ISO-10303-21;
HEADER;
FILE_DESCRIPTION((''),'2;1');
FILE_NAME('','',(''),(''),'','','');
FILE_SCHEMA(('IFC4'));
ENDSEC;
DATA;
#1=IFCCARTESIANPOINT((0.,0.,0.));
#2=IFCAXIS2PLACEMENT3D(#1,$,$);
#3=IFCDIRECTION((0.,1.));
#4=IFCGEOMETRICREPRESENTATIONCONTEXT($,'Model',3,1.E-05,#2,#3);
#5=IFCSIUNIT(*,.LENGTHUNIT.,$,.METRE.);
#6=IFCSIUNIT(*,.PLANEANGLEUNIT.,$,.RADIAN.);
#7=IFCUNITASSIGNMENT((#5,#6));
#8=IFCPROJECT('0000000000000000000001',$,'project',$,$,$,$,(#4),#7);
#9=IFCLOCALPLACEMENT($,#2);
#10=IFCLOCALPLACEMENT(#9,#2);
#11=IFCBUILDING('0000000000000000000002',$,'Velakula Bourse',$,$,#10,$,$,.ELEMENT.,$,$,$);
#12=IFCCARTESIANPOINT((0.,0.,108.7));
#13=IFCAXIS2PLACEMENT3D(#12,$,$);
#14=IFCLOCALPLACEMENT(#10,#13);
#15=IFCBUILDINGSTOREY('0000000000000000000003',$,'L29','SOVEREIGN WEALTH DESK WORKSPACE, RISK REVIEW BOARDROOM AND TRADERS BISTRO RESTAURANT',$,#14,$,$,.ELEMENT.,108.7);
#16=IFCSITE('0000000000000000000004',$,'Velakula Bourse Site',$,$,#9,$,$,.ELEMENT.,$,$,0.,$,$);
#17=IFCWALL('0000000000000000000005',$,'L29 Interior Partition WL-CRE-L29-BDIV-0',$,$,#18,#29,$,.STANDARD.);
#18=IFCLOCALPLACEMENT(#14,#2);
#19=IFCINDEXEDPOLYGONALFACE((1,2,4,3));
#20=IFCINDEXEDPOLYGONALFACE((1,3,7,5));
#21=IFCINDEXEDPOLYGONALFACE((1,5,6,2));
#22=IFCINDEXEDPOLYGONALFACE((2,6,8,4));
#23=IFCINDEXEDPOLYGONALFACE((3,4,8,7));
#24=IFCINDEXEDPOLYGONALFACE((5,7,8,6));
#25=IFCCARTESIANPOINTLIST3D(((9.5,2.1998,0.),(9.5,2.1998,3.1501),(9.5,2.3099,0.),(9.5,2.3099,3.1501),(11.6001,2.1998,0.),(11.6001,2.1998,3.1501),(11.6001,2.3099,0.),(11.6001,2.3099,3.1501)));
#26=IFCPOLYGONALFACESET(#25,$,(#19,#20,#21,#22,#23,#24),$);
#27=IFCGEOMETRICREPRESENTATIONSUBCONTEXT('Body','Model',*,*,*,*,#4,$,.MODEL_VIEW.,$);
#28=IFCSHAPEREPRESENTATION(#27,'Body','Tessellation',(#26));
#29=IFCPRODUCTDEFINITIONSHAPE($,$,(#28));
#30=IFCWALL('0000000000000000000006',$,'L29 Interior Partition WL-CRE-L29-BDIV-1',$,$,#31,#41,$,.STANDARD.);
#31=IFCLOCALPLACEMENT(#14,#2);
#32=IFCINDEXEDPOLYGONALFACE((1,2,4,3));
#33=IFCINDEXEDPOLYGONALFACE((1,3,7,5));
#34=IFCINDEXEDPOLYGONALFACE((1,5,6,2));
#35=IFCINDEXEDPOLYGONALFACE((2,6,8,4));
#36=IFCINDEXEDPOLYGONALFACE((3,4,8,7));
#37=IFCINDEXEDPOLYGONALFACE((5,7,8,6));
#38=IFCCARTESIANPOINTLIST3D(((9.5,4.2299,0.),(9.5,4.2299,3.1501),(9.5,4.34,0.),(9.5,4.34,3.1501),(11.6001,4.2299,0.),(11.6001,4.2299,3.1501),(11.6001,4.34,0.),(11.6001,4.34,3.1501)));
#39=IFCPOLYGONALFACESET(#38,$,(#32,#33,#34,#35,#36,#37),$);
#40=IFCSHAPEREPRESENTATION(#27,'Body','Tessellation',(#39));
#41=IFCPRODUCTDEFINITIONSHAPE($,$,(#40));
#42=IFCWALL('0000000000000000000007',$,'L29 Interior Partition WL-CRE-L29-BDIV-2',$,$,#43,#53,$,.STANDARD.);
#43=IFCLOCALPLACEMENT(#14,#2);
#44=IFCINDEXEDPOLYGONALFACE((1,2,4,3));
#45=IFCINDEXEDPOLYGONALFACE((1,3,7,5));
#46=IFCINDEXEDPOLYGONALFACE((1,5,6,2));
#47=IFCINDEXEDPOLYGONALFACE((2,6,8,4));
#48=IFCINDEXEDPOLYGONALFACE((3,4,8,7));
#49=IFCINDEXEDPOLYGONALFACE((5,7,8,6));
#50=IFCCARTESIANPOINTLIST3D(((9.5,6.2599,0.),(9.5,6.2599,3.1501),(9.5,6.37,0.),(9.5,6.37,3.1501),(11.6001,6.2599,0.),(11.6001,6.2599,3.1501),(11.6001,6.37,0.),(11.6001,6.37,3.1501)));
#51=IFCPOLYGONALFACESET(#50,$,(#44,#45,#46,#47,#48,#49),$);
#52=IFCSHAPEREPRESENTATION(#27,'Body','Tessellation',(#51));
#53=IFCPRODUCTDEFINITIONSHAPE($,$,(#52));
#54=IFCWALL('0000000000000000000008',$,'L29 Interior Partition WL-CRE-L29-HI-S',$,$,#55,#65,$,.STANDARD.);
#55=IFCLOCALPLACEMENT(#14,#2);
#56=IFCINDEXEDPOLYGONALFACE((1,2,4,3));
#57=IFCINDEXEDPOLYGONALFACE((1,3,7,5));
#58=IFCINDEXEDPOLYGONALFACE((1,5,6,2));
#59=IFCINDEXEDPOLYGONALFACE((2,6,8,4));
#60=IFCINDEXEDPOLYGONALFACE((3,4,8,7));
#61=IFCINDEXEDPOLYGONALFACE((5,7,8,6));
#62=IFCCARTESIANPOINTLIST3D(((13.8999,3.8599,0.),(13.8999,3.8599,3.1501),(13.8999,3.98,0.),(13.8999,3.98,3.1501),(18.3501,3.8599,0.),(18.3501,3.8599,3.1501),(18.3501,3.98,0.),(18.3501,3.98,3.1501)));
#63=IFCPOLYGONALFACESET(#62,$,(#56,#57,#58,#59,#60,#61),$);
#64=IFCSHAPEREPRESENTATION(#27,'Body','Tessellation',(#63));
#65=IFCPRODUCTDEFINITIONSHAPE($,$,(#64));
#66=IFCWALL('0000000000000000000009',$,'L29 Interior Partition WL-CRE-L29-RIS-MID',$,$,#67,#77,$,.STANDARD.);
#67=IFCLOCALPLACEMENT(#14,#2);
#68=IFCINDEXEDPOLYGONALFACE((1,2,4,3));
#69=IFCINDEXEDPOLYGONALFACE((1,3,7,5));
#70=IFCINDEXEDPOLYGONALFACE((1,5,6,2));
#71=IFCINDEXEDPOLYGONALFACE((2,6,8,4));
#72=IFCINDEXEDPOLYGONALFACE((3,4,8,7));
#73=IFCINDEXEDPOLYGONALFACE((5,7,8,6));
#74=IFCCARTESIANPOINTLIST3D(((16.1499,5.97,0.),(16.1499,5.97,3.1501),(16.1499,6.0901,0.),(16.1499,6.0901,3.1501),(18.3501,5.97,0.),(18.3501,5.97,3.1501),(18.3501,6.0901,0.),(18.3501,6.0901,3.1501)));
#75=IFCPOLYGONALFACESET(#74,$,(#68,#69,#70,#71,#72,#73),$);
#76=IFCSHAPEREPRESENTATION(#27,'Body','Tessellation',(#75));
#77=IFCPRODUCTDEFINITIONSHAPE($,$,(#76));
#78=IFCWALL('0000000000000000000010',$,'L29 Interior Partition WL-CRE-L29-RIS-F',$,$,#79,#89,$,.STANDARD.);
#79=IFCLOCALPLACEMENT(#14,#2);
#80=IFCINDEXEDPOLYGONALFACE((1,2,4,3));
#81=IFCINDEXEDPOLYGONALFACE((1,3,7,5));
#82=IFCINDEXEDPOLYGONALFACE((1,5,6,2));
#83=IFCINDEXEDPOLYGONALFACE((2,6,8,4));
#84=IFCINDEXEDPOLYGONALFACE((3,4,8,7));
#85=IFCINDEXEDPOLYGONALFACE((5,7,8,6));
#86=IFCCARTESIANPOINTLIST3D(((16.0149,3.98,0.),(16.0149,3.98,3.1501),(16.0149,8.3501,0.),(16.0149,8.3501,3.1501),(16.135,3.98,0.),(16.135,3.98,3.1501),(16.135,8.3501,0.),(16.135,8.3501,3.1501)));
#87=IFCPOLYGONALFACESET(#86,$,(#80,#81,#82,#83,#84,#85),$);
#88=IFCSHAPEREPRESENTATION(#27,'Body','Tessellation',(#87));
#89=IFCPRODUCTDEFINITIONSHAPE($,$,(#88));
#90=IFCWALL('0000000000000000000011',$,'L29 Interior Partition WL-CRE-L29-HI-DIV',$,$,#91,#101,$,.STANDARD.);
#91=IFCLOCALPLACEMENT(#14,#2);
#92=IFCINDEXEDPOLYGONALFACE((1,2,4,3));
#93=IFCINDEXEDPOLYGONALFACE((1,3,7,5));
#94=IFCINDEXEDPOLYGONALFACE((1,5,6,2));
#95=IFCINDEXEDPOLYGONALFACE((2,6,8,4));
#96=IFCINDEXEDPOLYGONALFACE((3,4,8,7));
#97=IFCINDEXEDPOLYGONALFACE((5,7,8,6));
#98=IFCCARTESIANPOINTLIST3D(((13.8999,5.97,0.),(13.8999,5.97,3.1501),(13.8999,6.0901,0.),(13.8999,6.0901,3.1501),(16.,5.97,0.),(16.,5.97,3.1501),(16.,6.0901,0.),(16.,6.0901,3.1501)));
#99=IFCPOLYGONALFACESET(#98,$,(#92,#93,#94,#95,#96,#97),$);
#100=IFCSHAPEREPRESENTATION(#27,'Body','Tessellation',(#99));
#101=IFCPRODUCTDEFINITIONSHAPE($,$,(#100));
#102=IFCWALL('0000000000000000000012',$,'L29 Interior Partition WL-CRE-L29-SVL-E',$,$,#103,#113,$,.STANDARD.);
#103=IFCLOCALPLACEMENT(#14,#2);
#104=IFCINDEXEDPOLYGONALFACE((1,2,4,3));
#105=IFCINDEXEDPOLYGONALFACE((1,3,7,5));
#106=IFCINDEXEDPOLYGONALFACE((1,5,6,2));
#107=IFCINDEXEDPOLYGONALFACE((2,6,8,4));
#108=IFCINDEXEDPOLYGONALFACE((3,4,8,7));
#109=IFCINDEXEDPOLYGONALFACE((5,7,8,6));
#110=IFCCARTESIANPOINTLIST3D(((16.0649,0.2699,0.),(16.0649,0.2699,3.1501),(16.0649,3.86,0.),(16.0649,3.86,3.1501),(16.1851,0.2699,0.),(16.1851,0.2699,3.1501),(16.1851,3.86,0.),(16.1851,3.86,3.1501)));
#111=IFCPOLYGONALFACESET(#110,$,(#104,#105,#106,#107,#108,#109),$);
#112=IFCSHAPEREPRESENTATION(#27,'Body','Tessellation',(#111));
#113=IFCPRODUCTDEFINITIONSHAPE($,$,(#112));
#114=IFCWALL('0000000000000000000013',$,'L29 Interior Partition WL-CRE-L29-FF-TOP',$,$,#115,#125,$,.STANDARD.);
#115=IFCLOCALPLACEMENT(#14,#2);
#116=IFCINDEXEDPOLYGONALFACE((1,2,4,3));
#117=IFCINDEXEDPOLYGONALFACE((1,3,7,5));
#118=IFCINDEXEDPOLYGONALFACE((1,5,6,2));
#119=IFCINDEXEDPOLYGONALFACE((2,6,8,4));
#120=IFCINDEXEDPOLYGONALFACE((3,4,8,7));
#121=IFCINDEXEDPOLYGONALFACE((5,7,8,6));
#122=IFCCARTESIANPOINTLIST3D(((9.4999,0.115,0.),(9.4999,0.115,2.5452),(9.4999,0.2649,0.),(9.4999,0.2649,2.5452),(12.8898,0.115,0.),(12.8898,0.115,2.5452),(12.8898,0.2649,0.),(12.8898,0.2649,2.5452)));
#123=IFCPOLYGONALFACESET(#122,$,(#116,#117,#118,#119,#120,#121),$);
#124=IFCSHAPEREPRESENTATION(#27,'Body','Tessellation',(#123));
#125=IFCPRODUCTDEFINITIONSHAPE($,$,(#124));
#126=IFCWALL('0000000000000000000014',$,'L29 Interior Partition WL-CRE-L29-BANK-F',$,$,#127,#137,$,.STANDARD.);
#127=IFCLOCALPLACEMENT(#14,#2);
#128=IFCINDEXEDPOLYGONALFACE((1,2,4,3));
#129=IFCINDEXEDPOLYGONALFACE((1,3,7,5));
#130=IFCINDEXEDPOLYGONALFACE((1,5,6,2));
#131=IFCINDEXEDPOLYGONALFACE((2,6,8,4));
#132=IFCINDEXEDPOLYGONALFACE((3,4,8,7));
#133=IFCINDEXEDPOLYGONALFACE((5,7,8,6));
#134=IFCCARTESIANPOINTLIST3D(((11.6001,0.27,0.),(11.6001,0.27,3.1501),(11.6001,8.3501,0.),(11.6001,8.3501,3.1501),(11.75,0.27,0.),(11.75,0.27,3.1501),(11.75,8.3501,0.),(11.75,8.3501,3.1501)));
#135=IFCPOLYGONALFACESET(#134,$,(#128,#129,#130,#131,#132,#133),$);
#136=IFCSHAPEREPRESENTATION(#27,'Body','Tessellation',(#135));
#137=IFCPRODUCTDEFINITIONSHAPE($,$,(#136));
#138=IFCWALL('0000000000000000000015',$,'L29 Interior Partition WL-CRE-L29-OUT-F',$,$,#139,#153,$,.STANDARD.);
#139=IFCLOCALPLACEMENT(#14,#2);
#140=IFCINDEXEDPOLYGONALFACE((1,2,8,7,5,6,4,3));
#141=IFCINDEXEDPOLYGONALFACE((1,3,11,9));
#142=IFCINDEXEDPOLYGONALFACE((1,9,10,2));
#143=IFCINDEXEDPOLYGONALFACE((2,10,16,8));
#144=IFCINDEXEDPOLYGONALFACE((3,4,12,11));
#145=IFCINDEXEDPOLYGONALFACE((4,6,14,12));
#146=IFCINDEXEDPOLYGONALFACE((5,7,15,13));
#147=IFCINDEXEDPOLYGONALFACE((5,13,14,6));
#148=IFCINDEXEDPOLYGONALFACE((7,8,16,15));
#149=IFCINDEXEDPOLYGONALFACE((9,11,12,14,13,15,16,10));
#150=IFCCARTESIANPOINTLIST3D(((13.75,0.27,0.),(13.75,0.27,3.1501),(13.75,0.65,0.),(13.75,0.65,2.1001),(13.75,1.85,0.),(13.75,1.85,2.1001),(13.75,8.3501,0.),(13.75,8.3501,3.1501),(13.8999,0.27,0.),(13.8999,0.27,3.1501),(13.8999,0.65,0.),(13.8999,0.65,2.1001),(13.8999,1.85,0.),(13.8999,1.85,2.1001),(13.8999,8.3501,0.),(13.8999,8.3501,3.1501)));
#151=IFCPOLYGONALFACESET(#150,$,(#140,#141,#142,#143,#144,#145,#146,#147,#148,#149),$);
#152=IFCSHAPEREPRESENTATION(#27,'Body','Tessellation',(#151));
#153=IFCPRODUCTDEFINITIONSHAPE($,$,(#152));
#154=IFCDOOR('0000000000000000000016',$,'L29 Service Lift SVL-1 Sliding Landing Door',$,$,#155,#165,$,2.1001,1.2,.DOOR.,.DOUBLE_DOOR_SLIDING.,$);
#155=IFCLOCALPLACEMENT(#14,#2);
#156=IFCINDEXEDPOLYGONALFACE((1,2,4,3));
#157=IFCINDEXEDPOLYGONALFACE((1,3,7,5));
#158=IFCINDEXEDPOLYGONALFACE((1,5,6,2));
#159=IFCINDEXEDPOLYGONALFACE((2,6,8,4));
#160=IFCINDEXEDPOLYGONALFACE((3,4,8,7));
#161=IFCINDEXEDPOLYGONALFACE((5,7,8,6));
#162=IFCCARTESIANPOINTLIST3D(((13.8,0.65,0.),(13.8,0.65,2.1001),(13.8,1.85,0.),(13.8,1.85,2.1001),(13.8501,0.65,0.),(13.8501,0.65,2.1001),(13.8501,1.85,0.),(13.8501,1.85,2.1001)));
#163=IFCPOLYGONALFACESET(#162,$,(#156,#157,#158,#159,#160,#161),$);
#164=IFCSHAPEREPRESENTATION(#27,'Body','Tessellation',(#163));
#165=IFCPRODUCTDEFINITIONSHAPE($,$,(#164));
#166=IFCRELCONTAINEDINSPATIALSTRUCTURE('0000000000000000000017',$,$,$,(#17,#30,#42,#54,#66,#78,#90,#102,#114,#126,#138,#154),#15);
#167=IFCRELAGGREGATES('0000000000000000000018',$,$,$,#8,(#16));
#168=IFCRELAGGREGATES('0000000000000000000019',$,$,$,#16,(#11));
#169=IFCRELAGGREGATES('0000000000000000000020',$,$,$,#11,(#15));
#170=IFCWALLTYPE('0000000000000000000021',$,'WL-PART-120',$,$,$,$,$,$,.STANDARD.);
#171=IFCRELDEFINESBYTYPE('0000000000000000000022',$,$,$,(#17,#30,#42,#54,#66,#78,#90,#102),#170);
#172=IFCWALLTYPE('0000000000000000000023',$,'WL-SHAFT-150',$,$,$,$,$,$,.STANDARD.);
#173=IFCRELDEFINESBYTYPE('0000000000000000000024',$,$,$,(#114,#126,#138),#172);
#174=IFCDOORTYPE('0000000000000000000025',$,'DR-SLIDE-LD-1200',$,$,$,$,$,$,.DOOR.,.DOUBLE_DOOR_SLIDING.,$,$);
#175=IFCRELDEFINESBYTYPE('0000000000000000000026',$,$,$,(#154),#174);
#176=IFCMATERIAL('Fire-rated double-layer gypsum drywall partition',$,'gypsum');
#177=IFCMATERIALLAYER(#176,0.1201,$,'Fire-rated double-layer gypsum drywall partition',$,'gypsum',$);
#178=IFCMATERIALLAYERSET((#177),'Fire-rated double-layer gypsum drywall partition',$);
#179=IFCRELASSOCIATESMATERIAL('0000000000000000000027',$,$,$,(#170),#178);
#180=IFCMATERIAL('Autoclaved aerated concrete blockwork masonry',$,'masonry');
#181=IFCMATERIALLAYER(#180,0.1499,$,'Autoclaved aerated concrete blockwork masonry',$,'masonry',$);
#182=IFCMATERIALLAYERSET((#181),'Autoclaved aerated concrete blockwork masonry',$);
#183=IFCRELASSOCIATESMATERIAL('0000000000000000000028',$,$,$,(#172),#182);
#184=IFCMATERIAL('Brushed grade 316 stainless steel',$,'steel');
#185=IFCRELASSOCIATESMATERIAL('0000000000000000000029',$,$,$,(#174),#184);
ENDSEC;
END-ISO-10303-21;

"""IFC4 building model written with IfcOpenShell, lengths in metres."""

from ifc_helpers import new_model, si_unit, direction, frame, frame_2d, origin, place, context, subcontext, project, spatial, rectangle, extrude, material, layer, layer_set, type_object, element, fill, save


model = new_model("IFC4")

# Units and contexts
model_context = context("Model", 3, precision=1e-05, world=origin(), true_north=direction((0.0, 1.0)))
body_context = subcontext(model_context, "Body", "Model", "MODEL_VIEW")
ifc_project = project(units=[si_unit("LENGTHUNIT", "METRE"), si_unit("PLANEANGLEUNIT", "RADIAN")], contexts=[model_context])

# Site, building, storey
site_placement = place(None, origin())
site = spatial("IfcSite", under=ifc_project, at=site_placement, Name="Velakula Bourse Site", CompositionType="ELEMENT", RefElevation=0.0)
building_placement = place(site_placement, origin())
building = spatial("IfcBuilding", under=site, at=building_placement, Name="Velakula Bourse", CompositionType="ELEMENT")
storey_placement = place(building_placement, frame((0.0, 0.0, 108.7)))
storey = spatial("IfcBuildingStorey", under=building, at=storey_placement, Name="L29", Description="SOVEREIGN WEALTH DESK WORKSPACE, RISK REVIEW BOARDROOM AND TRADERS BISTRO RESTAURANT", CompositionType="ELEMENT", Elevation=108.7)

# Shared definitions
ifc_material_1 = material(Name="Fire-rated double-layer gypsum drywall partition", Category="gypsum")
ifc_layer_1 = layer(ifc_material_1, 0.1201, Name="Fire-rated double-layer gypsum drywall partition", Category="gypsum")
ifc_layer_set_1 = layer_set([ifc_layer_1], Name="Fire-rated double-layer gypsum drywall partition")
wall_type_1 = type_object("IfcWallType", Name="WL-PART-120", PredefinedType="STANDARD", material=ifc_layer_set_1)

# Walls
for number, where, z_axis, x_axis, name in (
    (1, (9.5, 2.2549, 0.0), (0.0, 0.0, 1.0), (1.0, 0.0, 0.0), "L29 Interior Partition WL-CRE-L29-BDIV-0"),
    (2, (9.5, 4.2849, 0.0), (0.0, 0.0, 1.0), (1.0, 0.0, 0.0), "L29 Interior Partition WL-CRE-L29-BDIV-1"),
    (3, (9.5, 6.3149, 0.0), (0.0, 0.0, 1.0), (1.0, 0.0, 0.0), "L29 Interior Partition WL-CRE-L29-BDIV-2"),
):
    element("IfcWall", number, at=place(storey_placement, frame(where, z_axis=z_axis, x_axis=x_axis)), inside=storey, type_object=wall_type_1, Name=name, PredefinedType="STANDARD", context=body_context, shape_type="SweptSolid", body=[
        extrude(rectangle(XDim=2.1001, YDim=0.1101, at=frame_2d((1.05, 0.0))), origin(), (0.0, 0.0, 1.0), 3.1501),
    ])
wall_1_placement = place(storey_placement, frame((13.8999, 3.9199, 0.0), z_axis=(0.0, 0.0, 1.0), x_axis=(1.0, 0.0, 0.0)))
element("IfcWall", 4, at=wall_1_placement, inside=storey, type_object=wall_type_1, Name="L29 Interior Partition WL-CRE-L29-HI-S", PredefinedType="STANDARD", context=body_context, shape_type="SweptSolid", body=[
    extrude(rectangle(XDim=4.4502, YDim=0.1201, at=frame_2d((2.2251, 0.0))), origin(), (0.0, 0.0, 1.0), 3.1501),
])
wall_2_placement = place(storey_placement, frame((16.1499, 6.03, 0.0), z_axis=(0.0, 0.0, 1.0), x_axis=(1.0, 0.0, 0.0)))
element("IfcWall", 5, at=wall_2_placement, inside=storey, type_object=wall_type_1, Name="L29 Interior Partition WL-CRE-L29-RIS-MID", PredefinedType="STANDARD", context=body_context, shape_type="SweptSolid", body=[
    extrude(rectangle(XDim=2.2002, YDim=0.1201, at=frame_2d((1.1001, 0.0))), origin(), (0.0, 0.0, 1.0), 3.1501),
])
wall_3_placement = place(storey_placement, frame((16.075, 3.98, 0.0), z_axis=(0.0, 0.0, 1.0), x_axis=(0.0, 1.0, 0.0)))
element("IfcWall", 6, at=wall_3_placement, inside=storey, type_object=wall_type_1, Name="L29 Interior Partition WL-CRE-L29-RIS-F", PredefinedType="STANDARD", context=body_context, shape_type="SweptSolid", body=[
    extrude(rectangle(XDim=4.3701, YDim=0.1201, at=frame_2d((2.1851, 0.0))), origin(), (0.0, 0.0, 1.0), 3.1501),
])
wall_4_placement = place(storey_placement, frame((13.8999, 6.03, 0.0), z_axis=(0.0, 0.0, 1.0), x_axis=(1.0, 0.0, 0.0)))
element("IfcWall", 7, at=wall_4_placement, inside=storey, type_object=wall_type_1, Name="L29 Interior Partition WL-CRE-L29-HI-DIV", PredefinedType="STANDARD", context=body_context, shape_type="SweptSolid", body=[
    extrude(rectangle(XDim=2.1001, YDim=0.1201, at=frame_2d((1.05, 0.0))), origin(), (0.0, 0.0, 1.0), 3.1501),
])
wall_5_placement = place(storey_placement, frame((16.125, 0.27, 0.0), z_axis=(0.0, 0.0, 1.0), x_axis=(0.0, 1.0, 0.0)))
element("IfcWall", 8, at=wall_5_placement, inside=storey, type_object=wall_type_1, Name="L29 Interior Partition WL-CRE-L29-SVL-E", PredefinedType="STANDARD", context=body_context, shape_type="SweptSolid", body=[
    extrude(rectangle(XDim=3.5901, YDim=0.1201, at=frame_2d((1.7949, 0.0))), origin(), (0.0, 0.0, 1.0), 3.1501),
])
ifc_material_2 = material(Name="Autoclaved aerated concrete blockwork masonry", Category="masonry")
ifc_layer_2 = layer(ifc_material_2, 0.1499, Name="Autoclaved aerated concrete blockwork masonry", Category="masonry")
ifc_layer_set_2 = layer_set([ifc_layer_2], Name="Autoclaved aerated concrete blockwork masonry")
wall_type_2 = type_object("IfcWallType", Name="WL-SHAFT-150", PredefinedType="STANDARD", material=ifc_layer_set_2)
wall_6_placement = place(storey_placement, frame((9.5, 0.1899, 0.0), z_axis=(0.0, 0.0, 1.0), x_axis=(1.0, 0.0, 0.0)))
element("IfcWall", 9, at=wall_6_placement, inside=storey, type_object=wall_type_2, Name="L29 Interior Partition WL-CRE-L29-FF-TOP", PredefinedType="STANDARD", context=body_context, shape_type="SweptSolid", body=[
    extrude(rectangle(XDim=3.3899, YDim=0.1499, at=frame_2d((1.6948, 0.0))), origin(), (0.0, 0.0, 1.0), 2.5452),
])
wall_7_placement = place(storey_placement, frame((11.675, 0.27, 0.0), z_axis=(0.0, 0.0, 1.0), x_axis=(0.0, 1.0, 0.0)))
element("IfcWall", 10, at=wall_7_placement, inside=storey, type_object=wall_type_2, Name="L29 Interior Partition WL-CRE-L29-BANK-F", PredefinedType="STANDARD", context=body_context, shape_type="SweptSolid", body=[
    extrude(rectangle(XDim=8.0801, YDim=0.1499, at=frame_2d((4.04, 0.0))), origin(), (0.0, 0.0, 1.0), 3.1501),
])

# Wall, opening, door
wall_8_placement = place(storey_placement, frame((13.825, 0.27, 0.0), z_axis=(0.0, 0.0, 1.0), x_axis=(0.0, 1.0, 0.0)))
wall_8 = element("IfcWall", 11, at=wall_8_placement, inside=storey, type_object=wall_type_2, Name="L29 Interior Partition WL-CRE-L29-OUT-F", PredefinedType="STANDARD", context=body_context, shape_type="SweptSolid", body=[
    extrude(rectangle(XDim=8.0801, YDim=0.1499, at=frame_2d((4.04, 0.0))), origin(), (0.0, 0.0, 1.0), 3.1501),
])
opening_1_placement = place(wall_8_placement, frame((0.3799, 0.0, 0.0)))
opening_1 = element("IfcOpeningElement", 12, at=opening_1_placement, cuts=wall_8, PredefinedType="OPENING", context=body_context, shape_type="SweptSolid", body=[
    extrude(rectangle(XDim=1.2, YDim=2.1001, at=frame_2d((0.6001, 1.05))), frame((0.0, 0.085, 0.0), z_axis=(0.0, -1.0, 0.0), x_axis=(1.0, 0.0, 0.0)), (0.0, 0.0, 1.0), 0.1699),
])
ifc_material_3 = material(Name="Brushed grade 316 stainless steel", Category="steel")
door_type_1 = type_object("IfcDoorType", Name="DR-SLIDE-LD-1200", OperationType="DOUBLE_DOOR_SLIDING", PredefinedType="DOOR", material=ifc_material_3)
door_1_placement = place(opening_1_placement, origin())
door_1 = element("IfcDoor", 13, at=door_1_placement, inside=storey, type_object=door_type_1, Name="L29 Service Lift SVL-1 Sliding Landing Door", OperationType="DOUBLE_DOOR_SLIDING", OverallHeight=2.1001, OverallWidth=1.2, PredefinedType="DOOR", context=body_context, shape_type="SweptSolid", body=[
    extrude(rectangle(XDim=1.2, YDim=2.1001, at=frame_2d((0.6001, 1.05))), frame((0.0, 0.0249, 0.0), z_axis=(0.0, -1.0, 0.0), x_axis=(1.0, 0.0, 0.0)), (0.0, 0.0, 1.0), 0.05),
])
fill(opening_1, door_1)

save(model, "model.ifc")
